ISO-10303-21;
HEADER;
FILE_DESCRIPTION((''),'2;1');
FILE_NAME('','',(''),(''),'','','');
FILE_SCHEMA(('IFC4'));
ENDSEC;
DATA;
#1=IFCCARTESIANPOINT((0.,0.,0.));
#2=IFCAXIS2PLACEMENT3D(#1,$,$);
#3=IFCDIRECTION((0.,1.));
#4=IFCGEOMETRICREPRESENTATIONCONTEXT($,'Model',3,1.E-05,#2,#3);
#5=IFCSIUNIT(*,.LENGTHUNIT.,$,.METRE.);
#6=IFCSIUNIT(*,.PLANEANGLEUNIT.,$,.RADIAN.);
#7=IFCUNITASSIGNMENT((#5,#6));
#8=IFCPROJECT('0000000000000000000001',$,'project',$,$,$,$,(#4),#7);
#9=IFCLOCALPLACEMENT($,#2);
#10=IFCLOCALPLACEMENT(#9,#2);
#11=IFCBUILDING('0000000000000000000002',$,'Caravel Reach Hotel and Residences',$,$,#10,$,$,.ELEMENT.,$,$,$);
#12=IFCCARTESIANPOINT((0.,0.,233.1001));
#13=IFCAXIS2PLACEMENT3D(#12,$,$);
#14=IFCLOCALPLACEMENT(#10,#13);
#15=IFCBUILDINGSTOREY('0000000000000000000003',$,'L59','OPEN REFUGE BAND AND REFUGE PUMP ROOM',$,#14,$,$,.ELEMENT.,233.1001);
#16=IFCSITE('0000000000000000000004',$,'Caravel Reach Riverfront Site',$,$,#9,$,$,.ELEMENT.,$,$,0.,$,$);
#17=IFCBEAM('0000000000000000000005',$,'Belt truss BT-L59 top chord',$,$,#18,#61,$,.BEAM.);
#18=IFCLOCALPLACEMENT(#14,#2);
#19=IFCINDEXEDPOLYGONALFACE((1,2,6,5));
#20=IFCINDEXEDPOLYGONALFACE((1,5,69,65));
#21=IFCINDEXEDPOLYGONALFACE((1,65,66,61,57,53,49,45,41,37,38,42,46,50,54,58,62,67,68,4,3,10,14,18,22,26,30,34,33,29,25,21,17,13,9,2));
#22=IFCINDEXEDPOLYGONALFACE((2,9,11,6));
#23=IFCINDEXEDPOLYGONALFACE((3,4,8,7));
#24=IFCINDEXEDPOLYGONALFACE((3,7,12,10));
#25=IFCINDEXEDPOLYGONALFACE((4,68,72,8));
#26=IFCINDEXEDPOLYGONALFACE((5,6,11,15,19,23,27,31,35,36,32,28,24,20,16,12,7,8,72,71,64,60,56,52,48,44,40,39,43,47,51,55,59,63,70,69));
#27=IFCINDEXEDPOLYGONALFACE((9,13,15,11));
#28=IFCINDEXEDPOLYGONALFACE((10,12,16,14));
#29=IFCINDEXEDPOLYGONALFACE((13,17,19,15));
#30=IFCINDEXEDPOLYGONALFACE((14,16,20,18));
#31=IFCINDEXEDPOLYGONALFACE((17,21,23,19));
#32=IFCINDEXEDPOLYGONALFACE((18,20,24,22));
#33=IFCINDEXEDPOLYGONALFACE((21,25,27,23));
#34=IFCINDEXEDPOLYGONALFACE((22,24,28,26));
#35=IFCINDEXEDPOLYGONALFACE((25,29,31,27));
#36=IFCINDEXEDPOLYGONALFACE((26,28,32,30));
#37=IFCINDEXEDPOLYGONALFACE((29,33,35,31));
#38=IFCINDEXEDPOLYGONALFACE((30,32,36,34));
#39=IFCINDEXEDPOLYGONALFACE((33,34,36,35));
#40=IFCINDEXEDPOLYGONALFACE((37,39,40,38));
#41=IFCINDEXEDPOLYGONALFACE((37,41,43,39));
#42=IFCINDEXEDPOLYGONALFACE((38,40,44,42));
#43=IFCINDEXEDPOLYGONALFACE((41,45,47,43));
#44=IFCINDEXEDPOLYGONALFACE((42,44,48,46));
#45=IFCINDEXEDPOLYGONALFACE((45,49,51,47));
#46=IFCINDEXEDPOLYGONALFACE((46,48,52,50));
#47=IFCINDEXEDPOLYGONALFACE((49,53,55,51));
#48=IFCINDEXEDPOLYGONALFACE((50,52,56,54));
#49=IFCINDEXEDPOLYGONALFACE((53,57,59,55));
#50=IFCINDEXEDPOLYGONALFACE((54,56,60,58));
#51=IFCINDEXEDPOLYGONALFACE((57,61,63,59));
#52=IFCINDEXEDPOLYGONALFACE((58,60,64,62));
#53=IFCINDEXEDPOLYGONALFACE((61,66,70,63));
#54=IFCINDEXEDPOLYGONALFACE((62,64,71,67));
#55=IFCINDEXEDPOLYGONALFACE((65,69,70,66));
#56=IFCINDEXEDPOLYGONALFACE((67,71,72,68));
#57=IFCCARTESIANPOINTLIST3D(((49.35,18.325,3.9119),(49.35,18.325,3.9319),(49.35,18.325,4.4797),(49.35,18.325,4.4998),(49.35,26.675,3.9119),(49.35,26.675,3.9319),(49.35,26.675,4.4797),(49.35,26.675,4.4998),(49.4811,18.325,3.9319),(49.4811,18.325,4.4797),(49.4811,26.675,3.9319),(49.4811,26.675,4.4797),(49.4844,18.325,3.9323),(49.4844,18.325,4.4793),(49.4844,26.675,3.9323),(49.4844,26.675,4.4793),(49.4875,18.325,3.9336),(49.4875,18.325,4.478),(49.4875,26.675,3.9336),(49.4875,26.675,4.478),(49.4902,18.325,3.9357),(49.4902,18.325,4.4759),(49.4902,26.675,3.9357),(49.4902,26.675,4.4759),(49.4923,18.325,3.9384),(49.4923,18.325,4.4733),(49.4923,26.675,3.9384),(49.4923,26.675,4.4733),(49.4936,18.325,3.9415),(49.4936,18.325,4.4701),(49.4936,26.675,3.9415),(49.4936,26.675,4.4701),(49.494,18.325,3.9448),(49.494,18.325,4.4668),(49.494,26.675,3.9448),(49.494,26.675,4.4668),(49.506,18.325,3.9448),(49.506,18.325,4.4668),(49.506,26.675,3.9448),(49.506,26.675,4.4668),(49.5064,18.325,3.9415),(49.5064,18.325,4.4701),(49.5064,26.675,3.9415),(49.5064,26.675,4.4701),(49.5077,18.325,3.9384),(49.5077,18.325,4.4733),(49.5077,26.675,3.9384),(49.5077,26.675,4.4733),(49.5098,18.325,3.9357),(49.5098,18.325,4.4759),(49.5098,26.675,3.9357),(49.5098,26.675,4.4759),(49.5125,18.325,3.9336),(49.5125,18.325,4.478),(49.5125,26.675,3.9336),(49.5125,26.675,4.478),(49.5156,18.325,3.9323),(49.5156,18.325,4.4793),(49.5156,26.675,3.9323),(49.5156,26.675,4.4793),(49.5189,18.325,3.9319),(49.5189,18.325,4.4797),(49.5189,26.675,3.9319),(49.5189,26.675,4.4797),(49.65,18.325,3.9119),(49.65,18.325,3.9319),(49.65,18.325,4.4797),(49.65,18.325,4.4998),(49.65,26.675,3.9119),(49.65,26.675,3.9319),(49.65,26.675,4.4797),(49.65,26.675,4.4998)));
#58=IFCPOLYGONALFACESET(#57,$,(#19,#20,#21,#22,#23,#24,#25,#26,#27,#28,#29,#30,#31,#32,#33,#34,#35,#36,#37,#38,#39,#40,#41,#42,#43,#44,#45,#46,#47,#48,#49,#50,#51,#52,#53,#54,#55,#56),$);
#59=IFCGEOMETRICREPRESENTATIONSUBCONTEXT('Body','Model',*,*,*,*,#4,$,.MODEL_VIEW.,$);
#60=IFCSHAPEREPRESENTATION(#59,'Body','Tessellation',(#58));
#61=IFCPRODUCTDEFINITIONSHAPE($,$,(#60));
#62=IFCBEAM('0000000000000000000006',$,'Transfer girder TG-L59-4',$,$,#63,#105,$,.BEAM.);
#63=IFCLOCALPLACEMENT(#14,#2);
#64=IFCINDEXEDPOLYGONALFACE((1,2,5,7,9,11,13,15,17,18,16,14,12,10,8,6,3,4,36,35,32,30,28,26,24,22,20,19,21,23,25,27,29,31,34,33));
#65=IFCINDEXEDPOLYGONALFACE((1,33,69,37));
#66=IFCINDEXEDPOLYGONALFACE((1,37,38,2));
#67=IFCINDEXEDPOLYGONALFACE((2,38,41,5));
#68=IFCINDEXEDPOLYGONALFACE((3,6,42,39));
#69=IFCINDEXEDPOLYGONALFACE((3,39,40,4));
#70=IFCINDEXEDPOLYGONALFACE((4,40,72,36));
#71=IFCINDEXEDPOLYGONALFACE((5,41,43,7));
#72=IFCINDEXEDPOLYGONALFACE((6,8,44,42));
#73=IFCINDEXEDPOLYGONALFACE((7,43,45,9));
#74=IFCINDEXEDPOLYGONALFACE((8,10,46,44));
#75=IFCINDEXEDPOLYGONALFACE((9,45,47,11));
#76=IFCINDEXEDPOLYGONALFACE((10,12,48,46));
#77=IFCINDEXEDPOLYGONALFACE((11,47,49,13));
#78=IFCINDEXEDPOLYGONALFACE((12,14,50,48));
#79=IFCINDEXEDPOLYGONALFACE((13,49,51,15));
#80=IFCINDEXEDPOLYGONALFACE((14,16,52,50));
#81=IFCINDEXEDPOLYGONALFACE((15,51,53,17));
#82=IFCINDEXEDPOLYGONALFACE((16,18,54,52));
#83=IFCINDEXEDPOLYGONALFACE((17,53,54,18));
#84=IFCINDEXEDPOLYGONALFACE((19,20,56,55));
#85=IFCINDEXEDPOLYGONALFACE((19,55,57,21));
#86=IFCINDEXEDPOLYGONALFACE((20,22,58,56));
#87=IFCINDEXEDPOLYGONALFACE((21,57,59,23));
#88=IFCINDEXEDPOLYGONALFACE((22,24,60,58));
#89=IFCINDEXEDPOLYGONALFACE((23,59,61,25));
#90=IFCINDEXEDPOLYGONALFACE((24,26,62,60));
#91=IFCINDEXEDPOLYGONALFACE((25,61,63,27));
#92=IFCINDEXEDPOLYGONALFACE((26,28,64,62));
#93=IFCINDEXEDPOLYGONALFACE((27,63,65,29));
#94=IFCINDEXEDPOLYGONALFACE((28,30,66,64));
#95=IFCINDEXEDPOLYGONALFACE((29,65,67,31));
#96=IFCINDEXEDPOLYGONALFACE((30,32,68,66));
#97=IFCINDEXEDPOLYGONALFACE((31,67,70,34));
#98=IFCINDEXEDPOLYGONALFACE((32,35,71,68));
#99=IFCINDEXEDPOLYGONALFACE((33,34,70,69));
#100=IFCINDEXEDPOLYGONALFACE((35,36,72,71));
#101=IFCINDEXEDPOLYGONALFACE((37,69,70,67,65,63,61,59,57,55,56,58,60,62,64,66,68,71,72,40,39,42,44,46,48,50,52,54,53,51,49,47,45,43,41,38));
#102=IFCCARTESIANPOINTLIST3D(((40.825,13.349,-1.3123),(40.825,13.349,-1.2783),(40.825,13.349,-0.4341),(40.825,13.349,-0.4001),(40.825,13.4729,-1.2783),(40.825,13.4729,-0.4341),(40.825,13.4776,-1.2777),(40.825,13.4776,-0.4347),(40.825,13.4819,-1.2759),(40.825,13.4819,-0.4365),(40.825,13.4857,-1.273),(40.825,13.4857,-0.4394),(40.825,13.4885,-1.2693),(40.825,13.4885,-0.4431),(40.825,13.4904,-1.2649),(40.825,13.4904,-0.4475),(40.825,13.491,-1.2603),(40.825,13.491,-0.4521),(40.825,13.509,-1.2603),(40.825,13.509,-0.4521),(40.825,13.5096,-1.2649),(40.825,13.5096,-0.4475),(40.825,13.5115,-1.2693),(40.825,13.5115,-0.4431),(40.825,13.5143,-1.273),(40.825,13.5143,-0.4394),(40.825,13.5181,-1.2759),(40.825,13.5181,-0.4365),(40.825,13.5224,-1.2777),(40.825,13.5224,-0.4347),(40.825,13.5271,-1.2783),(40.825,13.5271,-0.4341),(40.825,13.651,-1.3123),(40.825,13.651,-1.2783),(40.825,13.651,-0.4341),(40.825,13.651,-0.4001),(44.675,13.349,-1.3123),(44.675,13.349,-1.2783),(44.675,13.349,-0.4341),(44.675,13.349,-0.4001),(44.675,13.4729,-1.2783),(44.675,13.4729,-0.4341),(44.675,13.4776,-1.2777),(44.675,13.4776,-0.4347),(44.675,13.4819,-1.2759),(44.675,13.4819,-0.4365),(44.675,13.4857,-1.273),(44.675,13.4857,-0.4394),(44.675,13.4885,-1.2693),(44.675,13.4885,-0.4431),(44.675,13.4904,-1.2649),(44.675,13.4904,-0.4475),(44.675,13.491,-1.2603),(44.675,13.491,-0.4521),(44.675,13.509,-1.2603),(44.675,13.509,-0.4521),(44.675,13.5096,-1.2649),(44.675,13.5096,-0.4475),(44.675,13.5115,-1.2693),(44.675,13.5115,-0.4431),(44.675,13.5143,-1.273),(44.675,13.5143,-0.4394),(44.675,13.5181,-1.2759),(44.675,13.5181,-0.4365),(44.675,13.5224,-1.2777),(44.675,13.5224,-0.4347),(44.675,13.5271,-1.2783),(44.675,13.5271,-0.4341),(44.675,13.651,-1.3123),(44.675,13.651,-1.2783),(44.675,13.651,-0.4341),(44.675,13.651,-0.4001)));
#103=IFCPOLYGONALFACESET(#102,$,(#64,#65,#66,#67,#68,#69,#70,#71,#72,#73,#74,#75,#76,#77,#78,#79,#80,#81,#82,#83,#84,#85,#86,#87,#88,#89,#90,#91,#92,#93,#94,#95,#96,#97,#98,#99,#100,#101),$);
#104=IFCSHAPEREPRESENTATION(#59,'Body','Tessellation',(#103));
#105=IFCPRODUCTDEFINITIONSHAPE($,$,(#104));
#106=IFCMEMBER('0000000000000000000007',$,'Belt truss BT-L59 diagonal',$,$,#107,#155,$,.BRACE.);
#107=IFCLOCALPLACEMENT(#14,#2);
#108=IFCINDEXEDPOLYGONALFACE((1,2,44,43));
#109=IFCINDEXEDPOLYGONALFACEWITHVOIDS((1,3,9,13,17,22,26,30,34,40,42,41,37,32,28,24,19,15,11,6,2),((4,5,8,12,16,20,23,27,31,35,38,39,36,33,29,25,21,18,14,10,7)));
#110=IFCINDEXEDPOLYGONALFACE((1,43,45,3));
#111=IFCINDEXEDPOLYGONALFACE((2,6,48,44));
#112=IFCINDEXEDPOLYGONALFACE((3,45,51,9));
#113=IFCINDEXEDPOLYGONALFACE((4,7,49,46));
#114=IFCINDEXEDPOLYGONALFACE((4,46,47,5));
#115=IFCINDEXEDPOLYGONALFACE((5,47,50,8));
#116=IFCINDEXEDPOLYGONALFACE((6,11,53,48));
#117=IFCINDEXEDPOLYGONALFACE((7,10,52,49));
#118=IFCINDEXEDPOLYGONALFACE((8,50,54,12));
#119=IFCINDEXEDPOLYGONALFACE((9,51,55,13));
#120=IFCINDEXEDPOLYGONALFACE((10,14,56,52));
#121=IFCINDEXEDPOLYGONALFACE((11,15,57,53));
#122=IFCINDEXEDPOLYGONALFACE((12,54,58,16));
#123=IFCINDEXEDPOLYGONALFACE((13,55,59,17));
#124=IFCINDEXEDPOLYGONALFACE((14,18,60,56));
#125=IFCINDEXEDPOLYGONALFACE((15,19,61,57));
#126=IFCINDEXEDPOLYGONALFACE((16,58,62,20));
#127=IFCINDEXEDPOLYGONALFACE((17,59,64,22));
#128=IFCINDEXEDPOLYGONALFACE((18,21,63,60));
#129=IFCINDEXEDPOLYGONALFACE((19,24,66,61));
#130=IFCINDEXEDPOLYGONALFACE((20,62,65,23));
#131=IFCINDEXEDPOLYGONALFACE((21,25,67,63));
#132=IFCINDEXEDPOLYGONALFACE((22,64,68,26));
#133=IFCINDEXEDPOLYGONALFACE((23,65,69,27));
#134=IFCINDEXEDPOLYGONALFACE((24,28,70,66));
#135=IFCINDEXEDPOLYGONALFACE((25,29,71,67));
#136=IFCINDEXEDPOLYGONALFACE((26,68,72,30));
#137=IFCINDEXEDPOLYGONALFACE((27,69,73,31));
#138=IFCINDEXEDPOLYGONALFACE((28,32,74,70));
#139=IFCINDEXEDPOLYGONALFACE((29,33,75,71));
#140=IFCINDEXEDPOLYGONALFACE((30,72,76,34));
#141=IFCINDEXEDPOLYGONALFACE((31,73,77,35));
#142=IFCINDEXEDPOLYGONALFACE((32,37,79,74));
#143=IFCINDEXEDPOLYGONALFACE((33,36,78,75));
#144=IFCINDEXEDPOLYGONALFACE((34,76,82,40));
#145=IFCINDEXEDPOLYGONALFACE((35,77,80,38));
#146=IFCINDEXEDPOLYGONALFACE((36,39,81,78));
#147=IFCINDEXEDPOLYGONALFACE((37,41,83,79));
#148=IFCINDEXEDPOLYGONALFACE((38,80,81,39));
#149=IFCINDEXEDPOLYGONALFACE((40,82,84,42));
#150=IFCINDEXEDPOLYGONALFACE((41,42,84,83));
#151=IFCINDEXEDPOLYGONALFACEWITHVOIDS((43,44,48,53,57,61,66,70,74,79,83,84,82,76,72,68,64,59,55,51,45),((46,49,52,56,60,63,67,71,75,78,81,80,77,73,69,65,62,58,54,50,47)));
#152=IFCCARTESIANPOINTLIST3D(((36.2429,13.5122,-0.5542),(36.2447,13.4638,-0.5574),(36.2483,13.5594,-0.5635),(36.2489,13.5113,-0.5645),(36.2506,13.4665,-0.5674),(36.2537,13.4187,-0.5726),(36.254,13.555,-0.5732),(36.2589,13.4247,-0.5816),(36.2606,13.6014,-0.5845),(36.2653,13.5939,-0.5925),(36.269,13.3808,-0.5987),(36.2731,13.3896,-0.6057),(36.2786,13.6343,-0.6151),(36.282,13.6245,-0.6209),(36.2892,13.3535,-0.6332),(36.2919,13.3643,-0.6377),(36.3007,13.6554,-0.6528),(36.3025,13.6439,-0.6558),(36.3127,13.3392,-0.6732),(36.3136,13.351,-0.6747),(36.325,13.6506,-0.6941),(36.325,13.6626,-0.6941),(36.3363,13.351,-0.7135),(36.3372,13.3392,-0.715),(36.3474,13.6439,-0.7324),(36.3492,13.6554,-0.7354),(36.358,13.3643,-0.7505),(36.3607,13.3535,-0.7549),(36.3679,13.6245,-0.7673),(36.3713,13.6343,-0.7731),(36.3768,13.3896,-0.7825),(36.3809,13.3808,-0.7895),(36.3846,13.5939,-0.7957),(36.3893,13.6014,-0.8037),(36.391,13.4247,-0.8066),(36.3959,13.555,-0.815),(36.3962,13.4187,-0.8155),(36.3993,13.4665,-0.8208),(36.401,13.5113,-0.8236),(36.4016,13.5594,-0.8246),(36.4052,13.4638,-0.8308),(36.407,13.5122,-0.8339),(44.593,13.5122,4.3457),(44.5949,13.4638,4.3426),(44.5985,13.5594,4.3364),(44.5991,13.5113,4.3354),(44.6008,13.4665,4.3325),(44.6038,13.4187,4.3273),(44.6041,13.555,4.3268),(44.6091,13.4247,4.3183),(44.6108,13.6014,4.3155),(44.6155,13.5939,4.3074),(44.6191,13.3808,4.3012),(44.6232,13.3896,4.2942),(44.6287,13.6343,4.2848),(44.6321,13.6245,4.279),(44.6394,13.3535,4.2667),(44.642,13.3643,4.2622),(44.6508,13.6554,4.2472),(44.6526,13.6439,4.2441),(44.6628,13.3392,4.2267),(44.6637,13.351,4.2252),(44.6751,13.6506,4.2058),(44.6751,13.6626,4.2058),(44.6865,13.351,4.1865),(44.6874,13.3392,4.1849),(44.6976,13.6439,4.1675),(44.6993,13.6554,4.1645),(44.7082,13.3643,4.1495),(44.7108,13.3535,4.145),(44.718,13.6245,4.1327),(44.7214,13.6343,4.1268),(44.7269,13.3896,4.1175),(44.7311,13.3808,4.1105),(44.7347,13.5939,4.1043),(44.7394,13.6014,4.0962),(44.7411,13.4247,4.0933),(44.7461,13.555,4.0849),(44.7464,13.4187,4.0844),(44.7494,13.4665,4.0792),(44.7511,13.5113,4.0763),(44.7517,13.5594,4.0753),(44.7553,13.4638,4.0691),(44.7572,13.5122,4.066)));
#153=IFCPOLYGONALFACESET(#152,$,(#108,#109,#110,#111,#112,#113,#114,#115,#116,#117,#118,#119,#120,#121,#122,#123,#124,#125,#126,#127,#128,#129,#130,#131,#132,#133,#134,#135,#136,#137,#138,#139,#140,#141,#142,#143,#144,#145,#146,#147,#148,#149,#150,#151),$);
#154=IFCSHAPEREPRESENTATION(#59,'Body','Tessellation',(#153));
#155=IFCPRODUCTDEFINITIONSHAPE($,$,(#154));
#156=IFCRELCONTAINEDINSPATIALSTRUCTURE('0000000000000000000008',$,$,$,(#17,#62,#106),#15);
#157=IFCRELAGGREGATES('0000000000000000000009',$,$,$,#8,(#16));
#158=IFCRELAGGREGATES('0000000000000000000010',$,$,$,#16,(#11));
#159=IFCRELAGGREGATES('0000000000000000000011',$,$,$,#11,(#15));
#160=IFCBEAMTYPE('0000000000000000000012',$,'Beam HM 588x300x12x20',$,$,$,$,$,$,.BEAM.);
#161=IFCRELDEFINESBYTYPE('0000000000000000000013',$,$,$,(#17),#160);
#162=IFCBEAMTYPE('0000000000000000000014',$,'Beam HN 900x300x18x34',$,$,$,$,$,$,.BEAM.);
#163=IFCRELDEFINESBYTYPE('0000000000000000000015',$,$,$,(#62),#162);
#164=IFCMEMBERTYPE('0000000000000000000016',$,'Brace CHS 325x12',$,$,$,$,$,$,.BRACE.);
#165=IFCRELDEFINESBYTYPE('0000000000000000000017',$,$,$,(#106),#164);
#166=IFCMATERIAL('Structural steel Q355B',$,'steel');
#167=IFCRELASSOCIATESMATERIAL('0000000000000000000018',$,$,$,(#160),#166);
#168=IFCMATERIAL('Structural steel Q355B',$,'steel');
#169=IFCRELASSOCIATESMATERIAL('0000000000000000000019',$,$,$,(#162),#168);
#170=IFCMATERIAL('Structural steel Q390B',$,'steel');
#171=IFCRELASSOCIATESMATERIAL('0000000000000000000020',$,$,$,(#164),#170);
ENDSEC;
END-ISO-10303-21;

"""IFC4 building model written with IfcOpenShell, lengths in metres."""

from ifc_helpers import new_model, si_unit, direction, frame, origin, origin_2d, place, context, subcontext, project, spatial, hollow_circle, i_section, extrude, material, material_profile, profile_set, type_object, element, save


model = new_model("IFC4")

# Units and contexts
model_context = context("Model", 3, precision=1e-05, world=origin(), true_north=direction((0.0, 1.0)))
body_context = subcontext(model_context, "Body", "Model", "MODEL_VIEW")
ifc_project = project(units=[si_unit("LENGTHUNIT", "METRE"), si_unit("PLANEANGLEUNIT", "RADIAN")], contexts=[model_context])

# Site, building, storey
site_placement = place(None, origin())
site = spatial("IfcSite", under=ifc_project, at=site_placement, Name="Caravel Reach Riverfront Site", CompositionType="ELEMENT", RefElevation=0.0)
building_placement = place(site_placement, origin())
building = spatial("IfcBuilding", under=site, at=building_placement, Name="Caravel Reach Hotel and Residences", CompositionType="ELEMENT")
storey_placement = place(building_placement, frame((0.0, 0.0, 233.1001)))
storey = spatial("IfcBuildingStorey", under=building, at=storey_placement, Name="L59", Description="OPEN REFUGE BAND AND REFUGE PUMP ROOM", CompositionType="ELEMENT", Elevation=233.1001)

# Beams
ifc_material_1 = material(Name="Structural steel Q355B", Category="steel")
ifc_material_profile_1 = material_profile(ifc_material_1, i_section(OverallWidth=0.3, OverallDepth=0.5879, WebThickness=0.012, FlangeThickness=0.02, FilletRadius=0.0129, at=origin_2d()), Name="HM 588x300x12x20")
ifc_profile_set_1 = profile_set([ifc_material_profile_1], Name="Structural steel Q355B")
beam_type_1 = type_object("IfcBeamType", Name="Beam HM 588x300x12x20", PredefinedType="BEAM", material=ifc_profile_set_1)
for number, where, z_axis, x_axis, name in (
    (1, (49.5, 18.325, 4.2058), (0.0, 1.0, 0.0), (-1.0, 0.0, 0.0), "Belt truss BT-L59 top chord"),
):
    element("IfcBeam", number, at=place(storey_placement, frame(where, z_axis=z_axis, x_axis=x_axis)), inside=storey, type_object=beam_type_1, Name=name, PredefinedType="BEAM", context=body_context, shape_type="SweptSolid", body=[
        extrude(i_section(OverallWidth=0.3, OverallDepth=0.5879, WebThickness=0.012, FlangeThickness=0.02, FilletRadius=0.0129, at=origin_2d()), origin(), (0.0, 0.0, 1.0), 8.3501),
    ])
ifc_material_2 = material(Name="Structural steel Q355B", Category="steel")
ifc_material_profile_2 = material_profile(ifc_material_2, i_section(OverallWidth=0.302, OverallDepth=0.9121, WebThickness=0.0181, FlangeThickness=0.0339, FilletRadius=0.0181, at=origin_2d()), Name="HN 900x300x18x34")
ifc_profile_set_2 = profile_set([ifc_material_profile_2], Name="Structural steel Q355B")
beam_type_2 = type_object("IfcBeamType", Name="Beam HN 900x300x18x34", PredefinedType="BEAM", material=ifc_profile_set_2)
beam_1_placement = place(storey_placement, frame((40.825, 13.5, -0.8562), z_axis=(1.0, 0.0, 0.0), x_axis=(0.0, 1.0, 0.0)))
element("IfcBeam", 2, at=beam_1_placement, inside=storey, type_object=beam_type_2, Name="Transfer girder TG-L59-4", PredefinedType="BEAM", context=body_context, shape_type="SweptSolid", body=[
    extrude(i_section(OverallWidth=0.302, OverallDepth=0.9121, WebThickness=0.0181, FlangeThickness=0.0339, FilletRadius=0.0181, at=origin_2d()), origin(), (0.0, 0.0, 1.0), 3.8501),
])

# Member
ifc_material_3 = material(Name="Structural steel Q390B", Category="steel")
ifc_material_profile_3 = material_profile(ifc_material_3, hollow_circle(Radius=0.1626, WallThickness=0.012, at=origin_2d()), Name="CHS 325x12")
ifc_profile_set_3 = profile_set([ifc_material_profile_3], Name="Structural steel Q390B")
member_type = type_object("IfcMemberType", Name="Brace CHS 325x12", PredefinedType="BRACE", material=ifc_profile_set_3)
member_placement = place(storey_placement, frame((36.325, 13.5, -0.6941), z_axis=(0.862472, 0.0, 0.506105), x_axis=(0.0, 1.0, 0.0)))
element("IfcMember", 3, at=member_placement, inside=storey, type_object=member_type, Name="Belt truss BT-L59 diagonal", PredefinedType="BRACE", context=body_context, shape_type="SweptSolid", body=[
    extrude(hollow_circle(Radius=0.1626, WallThickness=0.012, at=origin_2d()), origin(), (0.0, 0.0, 1.0), 9.6816),
])

save(model, "model.ifc")
